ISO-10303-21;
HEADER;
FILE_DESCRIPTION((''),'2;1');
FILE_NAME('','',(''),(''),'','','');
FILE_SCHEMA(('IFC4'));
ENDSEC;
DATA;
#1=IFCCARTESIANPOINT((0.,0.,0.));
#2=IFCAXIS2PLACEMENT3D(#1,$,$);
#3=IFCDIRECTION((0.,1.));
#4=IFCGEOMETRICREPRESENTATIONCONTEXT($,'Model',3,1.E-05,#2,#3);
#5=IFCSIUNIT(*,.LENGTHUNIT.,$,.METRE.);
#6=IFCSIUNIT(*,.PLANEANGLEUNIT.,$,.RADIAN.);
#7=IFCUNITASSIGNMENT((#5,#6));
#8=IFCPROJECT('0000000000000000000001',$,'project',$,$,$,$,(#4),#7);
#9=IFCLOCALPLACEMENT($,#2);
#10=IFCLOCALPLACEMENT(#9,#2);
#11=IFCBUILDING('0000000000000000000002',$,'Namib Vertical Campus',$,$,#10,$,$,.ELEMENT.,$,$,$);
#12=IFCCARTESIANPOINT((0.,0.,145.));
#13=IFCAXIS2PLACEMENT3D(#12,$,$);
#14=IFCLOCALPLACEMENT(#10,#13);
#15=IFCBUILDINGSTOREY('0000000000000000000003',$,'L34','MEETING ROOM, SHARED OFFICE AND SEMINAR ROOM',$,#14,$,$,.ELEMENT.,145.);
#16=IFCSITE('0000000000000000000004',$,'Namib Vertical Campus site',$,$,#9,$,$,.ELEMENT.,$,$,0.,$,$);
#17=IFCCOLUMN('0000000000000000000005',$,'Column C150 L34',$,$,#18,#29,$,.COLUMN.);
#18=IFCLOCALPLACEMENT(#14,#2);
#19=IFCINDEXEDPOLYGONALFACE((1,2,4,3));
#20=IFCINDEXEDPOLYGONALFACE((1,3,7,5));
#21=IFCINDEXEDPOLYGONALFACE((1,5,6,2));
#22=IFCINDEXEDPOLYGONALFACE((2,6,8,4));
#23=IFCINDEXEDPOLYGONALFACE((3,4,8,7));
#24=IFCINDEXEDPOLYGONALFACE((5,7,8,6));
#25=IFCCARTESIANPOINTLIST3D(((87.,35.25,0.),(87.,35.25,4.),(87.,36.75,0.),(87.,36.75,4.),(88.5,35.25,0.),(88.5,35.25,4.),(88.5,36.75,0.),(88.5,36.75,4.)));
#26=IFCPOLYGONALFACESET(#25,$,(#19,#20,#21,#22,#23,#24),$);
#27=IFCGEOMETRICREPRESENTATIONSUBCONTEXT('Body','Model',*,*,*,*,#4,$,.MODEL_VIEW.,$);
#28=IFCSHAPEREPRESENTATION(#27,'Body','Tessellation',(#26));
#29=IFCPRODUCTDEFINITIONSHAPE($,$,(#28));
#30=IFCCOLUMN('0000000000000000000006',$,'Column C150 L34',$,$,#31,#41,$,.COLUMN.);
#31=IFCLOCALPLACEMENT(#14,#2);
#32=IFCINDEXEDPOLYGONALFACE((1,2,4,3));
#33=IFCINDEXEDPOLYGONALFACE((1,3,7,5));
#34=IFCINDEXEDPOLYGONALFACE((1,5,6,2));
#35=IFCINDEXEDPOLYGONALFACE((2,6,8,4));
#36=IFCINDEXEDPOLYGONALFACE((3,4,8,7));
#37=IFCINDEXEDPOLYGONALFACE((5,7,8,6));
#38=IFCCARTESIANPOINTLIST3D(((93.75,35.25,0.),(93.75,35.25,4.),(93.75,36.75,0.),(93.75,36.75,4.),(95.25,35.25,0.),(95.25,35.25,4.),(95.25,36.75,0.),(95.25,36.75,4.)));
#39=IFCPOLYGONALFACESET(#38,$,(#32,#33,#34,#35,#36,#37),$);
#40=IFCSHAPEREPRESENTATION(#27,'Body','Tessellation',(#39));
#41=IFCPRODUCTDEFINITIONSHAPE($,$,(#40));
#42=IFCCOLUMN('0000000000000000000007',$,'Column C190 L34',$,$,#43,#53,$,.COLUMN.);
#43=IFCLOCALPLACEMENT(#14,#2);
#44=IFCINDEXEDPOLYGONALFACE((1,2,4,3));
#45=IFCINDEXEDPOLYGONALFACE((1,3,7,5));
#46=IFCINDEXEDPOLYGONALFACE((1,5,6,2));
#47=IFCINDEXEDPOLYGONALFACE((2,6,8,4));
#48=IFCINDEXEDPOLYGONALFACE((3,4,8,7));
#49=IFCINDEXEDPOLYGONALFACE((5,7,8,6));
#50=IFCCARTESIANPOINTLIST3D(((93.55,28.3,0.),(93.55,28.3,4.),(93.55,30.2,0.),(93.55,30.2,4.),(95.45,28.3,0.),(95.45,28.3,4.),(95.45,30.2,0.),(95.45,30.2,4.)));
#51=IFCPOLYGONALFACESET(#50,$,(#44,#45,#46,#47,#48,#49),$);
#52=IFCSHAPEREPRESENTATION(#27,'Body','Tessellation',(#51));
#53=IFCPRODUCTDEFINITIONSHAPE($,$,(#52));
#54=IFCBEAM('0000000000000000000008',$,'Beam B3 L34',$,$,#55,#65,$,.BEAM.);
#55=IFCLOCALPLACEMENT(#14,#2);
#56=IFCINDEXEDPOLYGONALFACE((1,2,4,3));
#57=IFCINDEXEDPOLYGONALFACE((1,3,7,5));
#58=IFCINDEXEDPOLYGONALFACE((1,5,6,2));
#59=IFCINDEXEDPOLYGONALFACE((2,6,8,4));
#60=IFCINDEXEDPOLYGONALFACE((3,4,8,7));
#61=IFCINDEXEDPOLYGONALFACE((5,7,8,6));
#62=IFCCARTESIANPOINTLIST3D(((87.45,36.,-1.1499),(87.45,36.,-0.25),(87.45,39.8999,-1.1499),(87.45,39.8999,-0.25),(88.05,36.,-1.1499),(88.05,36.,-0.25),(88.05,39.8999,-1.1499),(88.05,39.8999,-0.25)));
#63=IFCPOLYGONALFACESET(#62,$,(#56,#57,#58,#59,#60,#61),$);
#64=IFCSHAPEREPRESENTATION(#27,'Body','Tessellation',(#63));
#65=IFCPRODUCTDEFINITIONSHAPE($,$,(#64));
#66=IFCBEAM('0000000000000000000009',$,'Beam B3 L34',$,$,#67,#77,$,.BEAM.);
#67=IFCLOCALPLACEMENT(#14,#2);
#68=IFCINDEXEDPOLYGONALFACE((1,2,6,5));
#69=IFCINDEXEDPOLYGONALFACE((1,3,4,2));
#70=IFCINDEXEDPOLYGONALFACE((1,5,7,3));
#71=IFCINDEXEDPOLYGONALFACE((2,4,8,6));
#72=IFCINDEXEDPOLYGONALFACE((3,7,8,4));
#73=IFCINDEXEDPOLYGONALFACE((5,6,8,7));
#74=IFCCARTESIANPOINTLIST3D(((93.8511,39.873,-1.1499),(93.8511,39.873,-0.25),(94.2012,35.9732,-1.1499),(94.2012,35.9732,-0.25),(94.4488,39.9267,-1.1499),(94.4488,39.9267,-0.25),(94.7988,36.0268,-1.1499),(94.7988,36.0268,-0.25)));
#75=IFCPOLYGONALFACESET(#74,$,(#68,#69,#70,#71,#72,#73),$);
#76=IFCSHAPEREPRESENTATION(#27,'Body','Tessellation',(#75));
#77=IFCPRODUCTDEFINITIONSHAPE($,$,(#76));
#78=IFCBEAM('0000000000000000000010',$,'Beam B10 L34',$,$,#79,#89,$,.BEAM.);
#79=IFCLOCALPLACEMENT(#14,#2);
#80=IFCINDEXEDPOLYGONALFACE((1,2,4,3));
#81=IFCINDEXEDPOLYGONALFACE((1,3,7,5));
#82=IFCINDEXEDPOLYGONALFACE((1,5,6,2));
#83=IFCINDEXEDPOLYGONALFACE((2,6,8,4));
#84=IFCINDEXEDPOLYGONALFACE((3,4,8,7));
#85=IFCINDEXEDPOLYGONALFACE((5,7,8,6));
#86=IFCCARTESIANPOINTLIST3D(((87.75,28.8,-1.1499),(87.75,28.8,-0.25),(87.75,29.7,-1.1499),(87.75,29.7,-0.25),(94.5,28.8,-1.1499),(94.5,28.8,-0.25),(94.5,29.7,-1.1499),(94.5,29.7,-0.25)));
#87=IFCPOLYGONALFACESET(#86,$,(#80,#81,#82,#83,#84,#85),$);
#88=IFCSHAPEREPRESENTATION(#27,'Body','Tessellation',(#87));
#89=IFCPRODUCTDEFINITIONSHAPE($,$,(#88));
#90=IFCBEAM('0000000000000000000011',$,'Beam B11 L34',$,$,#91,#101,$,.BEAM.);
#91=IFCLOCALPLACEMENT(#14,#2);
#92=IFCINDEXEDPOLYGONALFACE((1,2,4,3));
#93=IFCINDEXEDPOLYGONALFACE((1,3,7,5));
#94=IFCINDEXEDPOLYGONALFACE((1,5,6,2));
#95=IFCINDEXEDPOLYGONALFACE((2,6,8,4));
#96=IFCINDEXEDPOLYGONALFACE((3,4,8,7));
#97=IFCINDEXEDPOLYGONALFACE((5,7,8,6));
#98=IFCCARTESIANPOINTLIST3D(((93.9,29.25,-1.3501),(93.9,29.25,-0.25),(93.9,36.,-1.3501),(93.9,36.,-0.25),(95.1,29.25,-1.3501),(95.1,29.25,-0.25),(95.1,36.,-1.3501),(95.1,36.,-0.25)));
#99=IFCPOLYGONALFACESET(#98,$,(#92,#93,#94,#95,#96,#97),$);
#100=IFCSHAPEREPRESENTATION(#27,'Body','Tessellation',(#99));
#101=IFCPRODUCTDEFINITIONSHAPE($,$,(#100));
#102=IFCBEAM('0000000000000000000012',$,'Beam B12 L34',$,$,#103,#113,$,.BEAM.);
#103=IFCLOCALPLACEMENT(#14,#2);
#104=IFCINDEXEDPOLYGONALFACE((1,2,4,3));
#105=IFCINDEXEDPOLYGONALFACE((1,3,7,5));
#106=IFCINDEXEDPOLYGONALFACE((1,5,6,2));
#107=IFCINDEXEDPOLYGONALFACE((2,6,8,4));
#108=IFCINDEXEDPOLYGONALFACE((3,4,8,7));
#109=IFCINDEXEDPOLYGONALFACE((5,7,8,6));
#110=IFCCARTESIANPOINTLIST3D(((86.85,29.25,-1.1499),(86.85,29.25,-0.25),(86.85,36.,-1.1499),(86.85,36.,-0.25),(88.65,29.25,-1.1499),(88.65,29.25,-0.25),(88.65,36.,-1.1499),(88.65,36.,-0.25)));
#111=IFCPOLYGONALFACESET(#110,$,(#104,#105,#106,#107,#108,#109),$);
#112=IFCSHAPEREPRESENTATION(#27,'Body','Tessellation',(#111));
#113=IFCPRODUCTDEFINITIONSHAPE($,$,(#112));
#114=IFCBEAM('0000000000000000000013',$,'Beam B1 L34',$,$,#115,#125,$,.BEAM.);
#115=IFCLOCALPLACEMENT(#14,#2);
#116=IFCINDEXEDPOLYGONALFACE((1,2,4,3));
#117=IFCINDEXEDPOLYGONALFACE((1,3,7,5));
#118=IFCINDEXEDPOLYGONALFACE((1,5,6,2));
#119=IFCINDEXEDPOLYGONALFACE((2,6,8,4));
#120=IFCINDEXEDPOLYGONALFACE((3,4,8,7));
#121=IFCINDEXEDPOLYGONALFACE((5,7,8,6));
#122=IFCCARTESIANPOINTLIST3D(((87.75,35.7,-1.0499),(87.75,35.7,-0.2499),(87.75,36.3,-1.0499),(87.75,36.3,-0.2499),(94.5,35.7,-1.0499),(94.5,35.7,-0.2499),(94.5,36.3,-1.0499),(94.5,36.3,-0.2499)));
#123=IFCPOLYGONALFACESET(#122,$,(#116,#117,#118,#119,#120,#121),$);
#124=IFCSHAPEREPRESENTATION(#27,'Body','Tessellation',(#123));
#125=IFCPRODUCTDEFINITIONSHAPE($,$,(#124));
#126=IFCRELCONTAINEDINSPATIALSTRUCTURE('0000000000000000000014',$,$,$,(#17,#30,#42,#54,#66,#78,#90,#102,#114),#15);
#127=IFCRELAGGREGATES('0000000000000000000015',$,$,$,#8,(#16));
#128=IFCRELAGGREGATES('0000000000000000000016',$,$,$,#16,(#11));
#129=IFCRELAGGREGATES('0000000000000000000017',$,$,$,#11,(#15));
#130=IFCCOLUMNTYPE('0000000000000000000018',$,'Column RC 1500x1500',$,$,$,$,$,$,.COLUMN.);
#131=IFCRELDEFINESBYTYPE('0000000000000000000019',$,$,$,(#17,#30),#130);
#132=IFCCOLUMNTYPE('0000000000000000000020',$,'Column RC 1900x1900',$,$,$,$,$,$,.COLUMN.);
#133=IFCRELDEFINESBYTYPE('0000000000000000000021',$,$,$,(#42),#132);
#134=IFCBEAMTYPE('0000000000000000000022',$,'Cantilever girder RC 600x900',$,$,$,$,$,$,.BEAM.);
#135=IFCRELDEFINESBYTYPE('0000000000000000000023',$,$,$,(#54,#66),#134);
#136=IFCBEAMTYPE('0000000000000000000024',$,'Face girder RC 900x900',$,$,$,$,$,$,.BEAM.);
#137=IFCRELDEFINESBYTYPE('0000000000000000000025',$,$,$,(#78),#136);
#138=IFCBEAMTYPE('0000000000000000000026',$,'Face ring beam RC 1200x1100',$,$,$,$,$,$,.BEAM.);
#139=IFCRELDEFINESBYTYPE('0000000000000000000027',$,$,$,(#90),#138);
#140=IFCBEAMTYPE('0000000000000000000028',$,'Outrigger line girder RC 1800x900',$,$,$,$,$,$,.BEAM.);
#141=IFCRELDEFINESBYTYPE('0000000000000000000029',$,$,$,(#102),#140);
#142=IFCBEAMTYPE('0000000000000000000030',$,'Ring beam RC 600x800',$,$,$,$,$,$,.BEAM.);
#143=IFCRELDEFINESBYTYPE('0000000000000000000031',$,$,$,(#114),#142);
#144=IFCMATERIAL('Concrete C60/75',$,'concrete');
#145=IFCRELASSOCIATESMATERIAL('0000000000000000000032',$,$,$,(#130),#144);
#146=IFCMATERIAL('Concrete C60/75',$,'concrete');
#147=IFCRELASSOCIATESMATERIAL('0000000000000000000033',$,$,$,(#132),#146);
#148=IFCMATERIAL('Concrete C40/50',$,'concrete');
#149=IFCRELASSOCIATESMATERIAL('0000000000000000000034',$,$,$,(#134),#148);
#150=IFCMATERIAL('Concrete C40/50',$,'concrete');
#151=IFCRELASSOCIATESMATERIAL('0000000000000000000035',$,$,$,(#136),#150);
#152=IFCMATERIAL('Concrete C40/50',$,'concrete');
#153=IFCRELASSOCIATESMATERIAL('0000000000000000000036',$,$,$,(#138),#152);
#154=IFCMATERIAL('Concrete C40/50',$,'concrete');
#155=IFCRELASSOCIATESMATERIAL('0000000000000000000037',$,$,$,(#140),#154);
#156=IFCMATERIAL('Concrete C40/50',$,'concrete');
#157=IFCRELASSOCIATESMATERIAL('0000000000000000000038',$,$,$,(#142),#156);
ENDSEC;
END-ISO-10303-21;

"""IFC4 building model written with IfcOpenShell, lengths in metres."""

from ifc_helpers import new_model, si_unit, direction, frame, origin, origin_2d, place, context, subcontext, project, spatial, rectangle, extrude, material, material_profile, profile_set, type_object, element, save


model = new_model("IFC4")

# Units and contexts
model_context = context("Model", 3, precision=1e-05, world=origin(), true_north=direction((0.0, 1.0)))
body_context = subcontext(model_context, "Body", "Model", "MODEL_VIEW")
ifc_project = project(units=[si_unit("LENGTHUNIT", "METRE"), si_unit("PLANEANGLEUNIT", "RADIAN")], contexts=[model_context])

# Site, building, storey
site_placement = place(None, origin())
site = spatial("IfcSite", under=ifc_project, at=site_placement, Name="Namib Vertical Campus site", CompositionType="ELEMENT", RefElevation=0.0)
building_placement = place(site_placement, origin())
building = spatial("IfcBuilding", under=site, at=building_placement, Name="Namib Vertical Campus", CompositionType="ELEMENT")
storey_placement = place(building_placement, frame((0.0, 0.0, 145.0)))
storey = spatial("IfcBuildingStorey", under=building, at=storey_placement, Name="L34", Description="MEETING ROOM, SHARED OFFICE AND SEMINAR ROOM", CompositionType="ELEMENT", Elevation=145.0)

# Columns
ifc_material_1 = material(Name="Concrete C60/75", Category="concrete")
ifc_material_profile_1 = material_profile(ifc_material_1, rectangle(XDim=1.5, YDim=1.5, at=origin_2d()))
ifc_profile_set_1 = profile_set([ifc_material_profile_1], Name="Concrete C60/75")
column_type_1 = type_object("IfcColumnType", Name="Column RC 1500x1500", PredefinedType="COLUMN", material=ifc_profile_set_1)
for number, where, z_axis, x_axis, name in (
    (1, (87.75, 36.0, 0.0), (0.0, 0.0, 1.0), (1.0, 0.0, 0.0), "Column C150 L34"),
    (2, (94.5, 36.0, 0.0), (0.0, 0.0, 1.0), (1.0, 0.0, 0.0), "Column C150 L34"),
):
    element("IfcColumn", number, at=place(storey_placement, frame(where, z_axis=z_axis, x_axis=x_axis)), inside=storey, type_object=column_type_1, Name=name, PredefinedType="COLUMN", context=body_context, shape_type="SweptSolid", body=[
        extrude(rectangle(XDim=1.5, YDim=1.5, at=origin_2d()), origin(), (0.0, 0.0, 1.0), 4.0),
    ])
ifc_material_2 = material(Name="Concrete C60/75", Category="concrete")
ifc_material_profile_2 = material_profile(ifc_material_2, rectangle(XDim=1.8999, YDim=1.8999, at=origin_2d()))
ifc_profile_set_2 = profile_set([ifc_material_profile_2], Name="Concrete C60/75")
column_type_2 = type_object("IfcColumnType", Name="Column RC 1900x1900", PredefinedType="COLUMN", material=ifc_profile_set_2)
column_placement = place(storey_placement, frame((94.5, 29.25, 0.0), z_axis=(0.0, 0.0, 1.0), x_axis=(1.0, 0.0, 0.0)))
element("IfcColumn", 3, at=column_placement, inside=storey, type_object=column_type_2, Name="Column C190 L34", PredefinedType="COLUMN", context=body_context, shape_type="SweptSolid", body=[
    extrude(rectangle(XDim=1.8999, YDim=1.8999, at=origin_2d()), origin(), (0.0, 0.0, 1.0), 4.0),
])

# Beams
ifc_material_3 = material(Name="Concrete C40/50", Category="concrete")
ifc_material_profile_3 = material_profile(ifc_material_3, rectangle(XDim=0.6001, YDim=0.8999, at=origin_2d()))
ifc_profile_set_3 = profile_set([ifc_material_profile_3], Name="Concrete C40/50")
beam_type_1 = type_object("IfcBeamType", Name="Cantilever girder RC 600x900", PredefinedType="BEAM", material=ifc_profile_set_3)
beam_1_placement = place(storey_placement, frame((87.75, 36.0, -0.7), z_axis=(0.0, 1.0, 0.0), x_axis=(-1.0, 0.0, 0.0)))
element("IfcBeam", 4, at=beam_1_placement, inside=storey, type_object=beam_type_1, Name="Beam B3 L34", PredefinedType="BEAM", context=body_context, shape_type="SweptSolid", body=[
    extrude(rectangle(XDim=0.6001, YDim=0.8999, at=origin_2d()), origin(), (0.0, 0.0, 1.0), 3.8999),
])
beam_2_placement = place(storey_placement, frame((94.5, 36.0, -0.7), z_axis=(-0.089411, 0.995995, 0.0), x_axis=(-0.995995, -0.089411, 0.0)))
element("IfcBeam", 5, at=beam_2_placement, inside=storey, type_object=beam_type_1, Name="Beam B3 L34", PredefinedType="BEAM", context=body_context, shape_type="SweptSolid", body=[
    extrude(rectangle(XDim=0.6001, YDim=0.8999, at=origin_2d()), origin(), (0.0, 0.0, 1.0), 3.9155),
])
ifc_material_4 = material(Name="Concrete C40/50", Category="concrete")
ifc_material_profile_4 = material_profile(ifc_material_4, rectangle(XDim=0.8999, YDim=0.8999, at=origin_2d()))
ifc_profile_set_4 = profile_set([ifc_material_profile_4], Name="Concrete C40/50")
beam_type_2 = type_object("IfcBeamType", Name="Face girder RC 900x900", PredefinedType="BEAM", material=ifc_profile_set_4)
beam_3_placement = place(storey_placement, frame((94.5, 29.25, -0.7), z_axis=(-1.0, 0.0, 0.0), x_axis=(0.0, -1.0, 0.0)))
element("IfcBeam", 6, at=beam_3_placement, inside=storey, type_object=beam_type_2, Name="Beam B10 L34", PredefinedType="BEAM", context=body_context, shape_type="SweptSolid", body=[
    extrude(rectangle(XDim=0.8999, YDim=0.8999, at=origin_2d()), origin(), (0.0, 0.0, 1.0), 6.75),
])
ifc_material_5 = material(Name="Concrete C40/50", Category="concrete")
ifc_material_profile_5 = material_profile(ifc_material_5, rectangle(XDim=1.2, YDim=1.1001, at=origin_2d()))
ifc_profile_set_5 = profile_set([ifc_material_profile_5], Name="Concrete C40/50")
beam_type_3 = type_object("IfcBeamType", Name="Face ring beam RC 1200x1100", PredefinedType="BEAM", material=ifc_profile_set_5)
beam_4_placement = place(storey_placement, frame((94.5, 29.25, -0.8), z_axis=(0.0, 1.0, 0.0), x_axis=(-1.0, 0.0, 0.0)))
element("IfcBeam", 7, at=beam_4_placement, inside=storey, type_object=beam_type_3, Name="Beam B11 L34", PredefinedType="BEAM", context=body_context, shape_type="SweptSolid", body=[
    extrude(rectangle(XDim=1.2, YDim=1.1001, at=origin_2d()), origin(), (0.0, 0.0, 1.0), 6.75),
])
ifc_material_6 = material(Name="Concrete C40/50", Category="concrete")
ifc_material_profile_6 = material_profile(ifc_material_6, rectangle(XDim=1.8, YDim=0.8999, at=origin_2d()))
ifc_profile_set_6 = profile_set([ifc_material_profile_6], Name="Concrete C40/50")
beam_type_4 = type_object("IfcBeamType", Name="Outrigger line girder RC 1800x900", PredefinedType="BEAM", material=ifc_profile_set_6)
beam_5_placement = place(storey_placement, frame((87.75, 36.0, -0.7), z_axis=(0.0, -1.0, 0.0), x_axis=(1.0, 0.0, 0.0)))
element("IfcBeam", 8, at=beam_5_placement, inside=storey, type_object=beam_type_4, Name="Beam B12 L34", PredefinedType="BEAM", context=body_context, shape_type="SweptSolid", body=[
    extrude(rectangle(XDim=1.8, YDim=0.8999, at=origin_2d()), origin(), (0.0, 0.0, 1.0), 6.75),
])
ifc_material_7 = material(Name="Concrete C40/50", Category="concrete")
ifc_material_profile_7 = material_profile(ifc_material_7, rectangle(XDim=0.6001, YDim=0.8, at=origin_2d()))
ifc_profile_set_7 = profile_set([ifc_material_profile_7], Name="Concrete C40/50")
beam_type_5 = type_object("IfcBeamType", Name="Ring beam RC 600x800", PredefinedType="BEAM", material=ifc_profile_set_7)
beam_6_placement = place(storey_placement, frame((87.75, 36.0, -0.6499), z_axis=(1.0, 0.0, 0.0), x_axis=(0.0, 1.0, 0.0)))
element("IfcBeam", 9, at=beam_6_placement, inside=storey, type_object=beam_type_5, Name="Beam B1 L34", PredefinedType="BEAM", context=body_context, shape_type="SweptSolid", body=[
    extrude(rectangle(XDim=0.6001, YDim=0.8, at=origin_2d()), origin(), (0.0, 0.0, 1.0), 6.75),
])

save(model, "model.ifc")
